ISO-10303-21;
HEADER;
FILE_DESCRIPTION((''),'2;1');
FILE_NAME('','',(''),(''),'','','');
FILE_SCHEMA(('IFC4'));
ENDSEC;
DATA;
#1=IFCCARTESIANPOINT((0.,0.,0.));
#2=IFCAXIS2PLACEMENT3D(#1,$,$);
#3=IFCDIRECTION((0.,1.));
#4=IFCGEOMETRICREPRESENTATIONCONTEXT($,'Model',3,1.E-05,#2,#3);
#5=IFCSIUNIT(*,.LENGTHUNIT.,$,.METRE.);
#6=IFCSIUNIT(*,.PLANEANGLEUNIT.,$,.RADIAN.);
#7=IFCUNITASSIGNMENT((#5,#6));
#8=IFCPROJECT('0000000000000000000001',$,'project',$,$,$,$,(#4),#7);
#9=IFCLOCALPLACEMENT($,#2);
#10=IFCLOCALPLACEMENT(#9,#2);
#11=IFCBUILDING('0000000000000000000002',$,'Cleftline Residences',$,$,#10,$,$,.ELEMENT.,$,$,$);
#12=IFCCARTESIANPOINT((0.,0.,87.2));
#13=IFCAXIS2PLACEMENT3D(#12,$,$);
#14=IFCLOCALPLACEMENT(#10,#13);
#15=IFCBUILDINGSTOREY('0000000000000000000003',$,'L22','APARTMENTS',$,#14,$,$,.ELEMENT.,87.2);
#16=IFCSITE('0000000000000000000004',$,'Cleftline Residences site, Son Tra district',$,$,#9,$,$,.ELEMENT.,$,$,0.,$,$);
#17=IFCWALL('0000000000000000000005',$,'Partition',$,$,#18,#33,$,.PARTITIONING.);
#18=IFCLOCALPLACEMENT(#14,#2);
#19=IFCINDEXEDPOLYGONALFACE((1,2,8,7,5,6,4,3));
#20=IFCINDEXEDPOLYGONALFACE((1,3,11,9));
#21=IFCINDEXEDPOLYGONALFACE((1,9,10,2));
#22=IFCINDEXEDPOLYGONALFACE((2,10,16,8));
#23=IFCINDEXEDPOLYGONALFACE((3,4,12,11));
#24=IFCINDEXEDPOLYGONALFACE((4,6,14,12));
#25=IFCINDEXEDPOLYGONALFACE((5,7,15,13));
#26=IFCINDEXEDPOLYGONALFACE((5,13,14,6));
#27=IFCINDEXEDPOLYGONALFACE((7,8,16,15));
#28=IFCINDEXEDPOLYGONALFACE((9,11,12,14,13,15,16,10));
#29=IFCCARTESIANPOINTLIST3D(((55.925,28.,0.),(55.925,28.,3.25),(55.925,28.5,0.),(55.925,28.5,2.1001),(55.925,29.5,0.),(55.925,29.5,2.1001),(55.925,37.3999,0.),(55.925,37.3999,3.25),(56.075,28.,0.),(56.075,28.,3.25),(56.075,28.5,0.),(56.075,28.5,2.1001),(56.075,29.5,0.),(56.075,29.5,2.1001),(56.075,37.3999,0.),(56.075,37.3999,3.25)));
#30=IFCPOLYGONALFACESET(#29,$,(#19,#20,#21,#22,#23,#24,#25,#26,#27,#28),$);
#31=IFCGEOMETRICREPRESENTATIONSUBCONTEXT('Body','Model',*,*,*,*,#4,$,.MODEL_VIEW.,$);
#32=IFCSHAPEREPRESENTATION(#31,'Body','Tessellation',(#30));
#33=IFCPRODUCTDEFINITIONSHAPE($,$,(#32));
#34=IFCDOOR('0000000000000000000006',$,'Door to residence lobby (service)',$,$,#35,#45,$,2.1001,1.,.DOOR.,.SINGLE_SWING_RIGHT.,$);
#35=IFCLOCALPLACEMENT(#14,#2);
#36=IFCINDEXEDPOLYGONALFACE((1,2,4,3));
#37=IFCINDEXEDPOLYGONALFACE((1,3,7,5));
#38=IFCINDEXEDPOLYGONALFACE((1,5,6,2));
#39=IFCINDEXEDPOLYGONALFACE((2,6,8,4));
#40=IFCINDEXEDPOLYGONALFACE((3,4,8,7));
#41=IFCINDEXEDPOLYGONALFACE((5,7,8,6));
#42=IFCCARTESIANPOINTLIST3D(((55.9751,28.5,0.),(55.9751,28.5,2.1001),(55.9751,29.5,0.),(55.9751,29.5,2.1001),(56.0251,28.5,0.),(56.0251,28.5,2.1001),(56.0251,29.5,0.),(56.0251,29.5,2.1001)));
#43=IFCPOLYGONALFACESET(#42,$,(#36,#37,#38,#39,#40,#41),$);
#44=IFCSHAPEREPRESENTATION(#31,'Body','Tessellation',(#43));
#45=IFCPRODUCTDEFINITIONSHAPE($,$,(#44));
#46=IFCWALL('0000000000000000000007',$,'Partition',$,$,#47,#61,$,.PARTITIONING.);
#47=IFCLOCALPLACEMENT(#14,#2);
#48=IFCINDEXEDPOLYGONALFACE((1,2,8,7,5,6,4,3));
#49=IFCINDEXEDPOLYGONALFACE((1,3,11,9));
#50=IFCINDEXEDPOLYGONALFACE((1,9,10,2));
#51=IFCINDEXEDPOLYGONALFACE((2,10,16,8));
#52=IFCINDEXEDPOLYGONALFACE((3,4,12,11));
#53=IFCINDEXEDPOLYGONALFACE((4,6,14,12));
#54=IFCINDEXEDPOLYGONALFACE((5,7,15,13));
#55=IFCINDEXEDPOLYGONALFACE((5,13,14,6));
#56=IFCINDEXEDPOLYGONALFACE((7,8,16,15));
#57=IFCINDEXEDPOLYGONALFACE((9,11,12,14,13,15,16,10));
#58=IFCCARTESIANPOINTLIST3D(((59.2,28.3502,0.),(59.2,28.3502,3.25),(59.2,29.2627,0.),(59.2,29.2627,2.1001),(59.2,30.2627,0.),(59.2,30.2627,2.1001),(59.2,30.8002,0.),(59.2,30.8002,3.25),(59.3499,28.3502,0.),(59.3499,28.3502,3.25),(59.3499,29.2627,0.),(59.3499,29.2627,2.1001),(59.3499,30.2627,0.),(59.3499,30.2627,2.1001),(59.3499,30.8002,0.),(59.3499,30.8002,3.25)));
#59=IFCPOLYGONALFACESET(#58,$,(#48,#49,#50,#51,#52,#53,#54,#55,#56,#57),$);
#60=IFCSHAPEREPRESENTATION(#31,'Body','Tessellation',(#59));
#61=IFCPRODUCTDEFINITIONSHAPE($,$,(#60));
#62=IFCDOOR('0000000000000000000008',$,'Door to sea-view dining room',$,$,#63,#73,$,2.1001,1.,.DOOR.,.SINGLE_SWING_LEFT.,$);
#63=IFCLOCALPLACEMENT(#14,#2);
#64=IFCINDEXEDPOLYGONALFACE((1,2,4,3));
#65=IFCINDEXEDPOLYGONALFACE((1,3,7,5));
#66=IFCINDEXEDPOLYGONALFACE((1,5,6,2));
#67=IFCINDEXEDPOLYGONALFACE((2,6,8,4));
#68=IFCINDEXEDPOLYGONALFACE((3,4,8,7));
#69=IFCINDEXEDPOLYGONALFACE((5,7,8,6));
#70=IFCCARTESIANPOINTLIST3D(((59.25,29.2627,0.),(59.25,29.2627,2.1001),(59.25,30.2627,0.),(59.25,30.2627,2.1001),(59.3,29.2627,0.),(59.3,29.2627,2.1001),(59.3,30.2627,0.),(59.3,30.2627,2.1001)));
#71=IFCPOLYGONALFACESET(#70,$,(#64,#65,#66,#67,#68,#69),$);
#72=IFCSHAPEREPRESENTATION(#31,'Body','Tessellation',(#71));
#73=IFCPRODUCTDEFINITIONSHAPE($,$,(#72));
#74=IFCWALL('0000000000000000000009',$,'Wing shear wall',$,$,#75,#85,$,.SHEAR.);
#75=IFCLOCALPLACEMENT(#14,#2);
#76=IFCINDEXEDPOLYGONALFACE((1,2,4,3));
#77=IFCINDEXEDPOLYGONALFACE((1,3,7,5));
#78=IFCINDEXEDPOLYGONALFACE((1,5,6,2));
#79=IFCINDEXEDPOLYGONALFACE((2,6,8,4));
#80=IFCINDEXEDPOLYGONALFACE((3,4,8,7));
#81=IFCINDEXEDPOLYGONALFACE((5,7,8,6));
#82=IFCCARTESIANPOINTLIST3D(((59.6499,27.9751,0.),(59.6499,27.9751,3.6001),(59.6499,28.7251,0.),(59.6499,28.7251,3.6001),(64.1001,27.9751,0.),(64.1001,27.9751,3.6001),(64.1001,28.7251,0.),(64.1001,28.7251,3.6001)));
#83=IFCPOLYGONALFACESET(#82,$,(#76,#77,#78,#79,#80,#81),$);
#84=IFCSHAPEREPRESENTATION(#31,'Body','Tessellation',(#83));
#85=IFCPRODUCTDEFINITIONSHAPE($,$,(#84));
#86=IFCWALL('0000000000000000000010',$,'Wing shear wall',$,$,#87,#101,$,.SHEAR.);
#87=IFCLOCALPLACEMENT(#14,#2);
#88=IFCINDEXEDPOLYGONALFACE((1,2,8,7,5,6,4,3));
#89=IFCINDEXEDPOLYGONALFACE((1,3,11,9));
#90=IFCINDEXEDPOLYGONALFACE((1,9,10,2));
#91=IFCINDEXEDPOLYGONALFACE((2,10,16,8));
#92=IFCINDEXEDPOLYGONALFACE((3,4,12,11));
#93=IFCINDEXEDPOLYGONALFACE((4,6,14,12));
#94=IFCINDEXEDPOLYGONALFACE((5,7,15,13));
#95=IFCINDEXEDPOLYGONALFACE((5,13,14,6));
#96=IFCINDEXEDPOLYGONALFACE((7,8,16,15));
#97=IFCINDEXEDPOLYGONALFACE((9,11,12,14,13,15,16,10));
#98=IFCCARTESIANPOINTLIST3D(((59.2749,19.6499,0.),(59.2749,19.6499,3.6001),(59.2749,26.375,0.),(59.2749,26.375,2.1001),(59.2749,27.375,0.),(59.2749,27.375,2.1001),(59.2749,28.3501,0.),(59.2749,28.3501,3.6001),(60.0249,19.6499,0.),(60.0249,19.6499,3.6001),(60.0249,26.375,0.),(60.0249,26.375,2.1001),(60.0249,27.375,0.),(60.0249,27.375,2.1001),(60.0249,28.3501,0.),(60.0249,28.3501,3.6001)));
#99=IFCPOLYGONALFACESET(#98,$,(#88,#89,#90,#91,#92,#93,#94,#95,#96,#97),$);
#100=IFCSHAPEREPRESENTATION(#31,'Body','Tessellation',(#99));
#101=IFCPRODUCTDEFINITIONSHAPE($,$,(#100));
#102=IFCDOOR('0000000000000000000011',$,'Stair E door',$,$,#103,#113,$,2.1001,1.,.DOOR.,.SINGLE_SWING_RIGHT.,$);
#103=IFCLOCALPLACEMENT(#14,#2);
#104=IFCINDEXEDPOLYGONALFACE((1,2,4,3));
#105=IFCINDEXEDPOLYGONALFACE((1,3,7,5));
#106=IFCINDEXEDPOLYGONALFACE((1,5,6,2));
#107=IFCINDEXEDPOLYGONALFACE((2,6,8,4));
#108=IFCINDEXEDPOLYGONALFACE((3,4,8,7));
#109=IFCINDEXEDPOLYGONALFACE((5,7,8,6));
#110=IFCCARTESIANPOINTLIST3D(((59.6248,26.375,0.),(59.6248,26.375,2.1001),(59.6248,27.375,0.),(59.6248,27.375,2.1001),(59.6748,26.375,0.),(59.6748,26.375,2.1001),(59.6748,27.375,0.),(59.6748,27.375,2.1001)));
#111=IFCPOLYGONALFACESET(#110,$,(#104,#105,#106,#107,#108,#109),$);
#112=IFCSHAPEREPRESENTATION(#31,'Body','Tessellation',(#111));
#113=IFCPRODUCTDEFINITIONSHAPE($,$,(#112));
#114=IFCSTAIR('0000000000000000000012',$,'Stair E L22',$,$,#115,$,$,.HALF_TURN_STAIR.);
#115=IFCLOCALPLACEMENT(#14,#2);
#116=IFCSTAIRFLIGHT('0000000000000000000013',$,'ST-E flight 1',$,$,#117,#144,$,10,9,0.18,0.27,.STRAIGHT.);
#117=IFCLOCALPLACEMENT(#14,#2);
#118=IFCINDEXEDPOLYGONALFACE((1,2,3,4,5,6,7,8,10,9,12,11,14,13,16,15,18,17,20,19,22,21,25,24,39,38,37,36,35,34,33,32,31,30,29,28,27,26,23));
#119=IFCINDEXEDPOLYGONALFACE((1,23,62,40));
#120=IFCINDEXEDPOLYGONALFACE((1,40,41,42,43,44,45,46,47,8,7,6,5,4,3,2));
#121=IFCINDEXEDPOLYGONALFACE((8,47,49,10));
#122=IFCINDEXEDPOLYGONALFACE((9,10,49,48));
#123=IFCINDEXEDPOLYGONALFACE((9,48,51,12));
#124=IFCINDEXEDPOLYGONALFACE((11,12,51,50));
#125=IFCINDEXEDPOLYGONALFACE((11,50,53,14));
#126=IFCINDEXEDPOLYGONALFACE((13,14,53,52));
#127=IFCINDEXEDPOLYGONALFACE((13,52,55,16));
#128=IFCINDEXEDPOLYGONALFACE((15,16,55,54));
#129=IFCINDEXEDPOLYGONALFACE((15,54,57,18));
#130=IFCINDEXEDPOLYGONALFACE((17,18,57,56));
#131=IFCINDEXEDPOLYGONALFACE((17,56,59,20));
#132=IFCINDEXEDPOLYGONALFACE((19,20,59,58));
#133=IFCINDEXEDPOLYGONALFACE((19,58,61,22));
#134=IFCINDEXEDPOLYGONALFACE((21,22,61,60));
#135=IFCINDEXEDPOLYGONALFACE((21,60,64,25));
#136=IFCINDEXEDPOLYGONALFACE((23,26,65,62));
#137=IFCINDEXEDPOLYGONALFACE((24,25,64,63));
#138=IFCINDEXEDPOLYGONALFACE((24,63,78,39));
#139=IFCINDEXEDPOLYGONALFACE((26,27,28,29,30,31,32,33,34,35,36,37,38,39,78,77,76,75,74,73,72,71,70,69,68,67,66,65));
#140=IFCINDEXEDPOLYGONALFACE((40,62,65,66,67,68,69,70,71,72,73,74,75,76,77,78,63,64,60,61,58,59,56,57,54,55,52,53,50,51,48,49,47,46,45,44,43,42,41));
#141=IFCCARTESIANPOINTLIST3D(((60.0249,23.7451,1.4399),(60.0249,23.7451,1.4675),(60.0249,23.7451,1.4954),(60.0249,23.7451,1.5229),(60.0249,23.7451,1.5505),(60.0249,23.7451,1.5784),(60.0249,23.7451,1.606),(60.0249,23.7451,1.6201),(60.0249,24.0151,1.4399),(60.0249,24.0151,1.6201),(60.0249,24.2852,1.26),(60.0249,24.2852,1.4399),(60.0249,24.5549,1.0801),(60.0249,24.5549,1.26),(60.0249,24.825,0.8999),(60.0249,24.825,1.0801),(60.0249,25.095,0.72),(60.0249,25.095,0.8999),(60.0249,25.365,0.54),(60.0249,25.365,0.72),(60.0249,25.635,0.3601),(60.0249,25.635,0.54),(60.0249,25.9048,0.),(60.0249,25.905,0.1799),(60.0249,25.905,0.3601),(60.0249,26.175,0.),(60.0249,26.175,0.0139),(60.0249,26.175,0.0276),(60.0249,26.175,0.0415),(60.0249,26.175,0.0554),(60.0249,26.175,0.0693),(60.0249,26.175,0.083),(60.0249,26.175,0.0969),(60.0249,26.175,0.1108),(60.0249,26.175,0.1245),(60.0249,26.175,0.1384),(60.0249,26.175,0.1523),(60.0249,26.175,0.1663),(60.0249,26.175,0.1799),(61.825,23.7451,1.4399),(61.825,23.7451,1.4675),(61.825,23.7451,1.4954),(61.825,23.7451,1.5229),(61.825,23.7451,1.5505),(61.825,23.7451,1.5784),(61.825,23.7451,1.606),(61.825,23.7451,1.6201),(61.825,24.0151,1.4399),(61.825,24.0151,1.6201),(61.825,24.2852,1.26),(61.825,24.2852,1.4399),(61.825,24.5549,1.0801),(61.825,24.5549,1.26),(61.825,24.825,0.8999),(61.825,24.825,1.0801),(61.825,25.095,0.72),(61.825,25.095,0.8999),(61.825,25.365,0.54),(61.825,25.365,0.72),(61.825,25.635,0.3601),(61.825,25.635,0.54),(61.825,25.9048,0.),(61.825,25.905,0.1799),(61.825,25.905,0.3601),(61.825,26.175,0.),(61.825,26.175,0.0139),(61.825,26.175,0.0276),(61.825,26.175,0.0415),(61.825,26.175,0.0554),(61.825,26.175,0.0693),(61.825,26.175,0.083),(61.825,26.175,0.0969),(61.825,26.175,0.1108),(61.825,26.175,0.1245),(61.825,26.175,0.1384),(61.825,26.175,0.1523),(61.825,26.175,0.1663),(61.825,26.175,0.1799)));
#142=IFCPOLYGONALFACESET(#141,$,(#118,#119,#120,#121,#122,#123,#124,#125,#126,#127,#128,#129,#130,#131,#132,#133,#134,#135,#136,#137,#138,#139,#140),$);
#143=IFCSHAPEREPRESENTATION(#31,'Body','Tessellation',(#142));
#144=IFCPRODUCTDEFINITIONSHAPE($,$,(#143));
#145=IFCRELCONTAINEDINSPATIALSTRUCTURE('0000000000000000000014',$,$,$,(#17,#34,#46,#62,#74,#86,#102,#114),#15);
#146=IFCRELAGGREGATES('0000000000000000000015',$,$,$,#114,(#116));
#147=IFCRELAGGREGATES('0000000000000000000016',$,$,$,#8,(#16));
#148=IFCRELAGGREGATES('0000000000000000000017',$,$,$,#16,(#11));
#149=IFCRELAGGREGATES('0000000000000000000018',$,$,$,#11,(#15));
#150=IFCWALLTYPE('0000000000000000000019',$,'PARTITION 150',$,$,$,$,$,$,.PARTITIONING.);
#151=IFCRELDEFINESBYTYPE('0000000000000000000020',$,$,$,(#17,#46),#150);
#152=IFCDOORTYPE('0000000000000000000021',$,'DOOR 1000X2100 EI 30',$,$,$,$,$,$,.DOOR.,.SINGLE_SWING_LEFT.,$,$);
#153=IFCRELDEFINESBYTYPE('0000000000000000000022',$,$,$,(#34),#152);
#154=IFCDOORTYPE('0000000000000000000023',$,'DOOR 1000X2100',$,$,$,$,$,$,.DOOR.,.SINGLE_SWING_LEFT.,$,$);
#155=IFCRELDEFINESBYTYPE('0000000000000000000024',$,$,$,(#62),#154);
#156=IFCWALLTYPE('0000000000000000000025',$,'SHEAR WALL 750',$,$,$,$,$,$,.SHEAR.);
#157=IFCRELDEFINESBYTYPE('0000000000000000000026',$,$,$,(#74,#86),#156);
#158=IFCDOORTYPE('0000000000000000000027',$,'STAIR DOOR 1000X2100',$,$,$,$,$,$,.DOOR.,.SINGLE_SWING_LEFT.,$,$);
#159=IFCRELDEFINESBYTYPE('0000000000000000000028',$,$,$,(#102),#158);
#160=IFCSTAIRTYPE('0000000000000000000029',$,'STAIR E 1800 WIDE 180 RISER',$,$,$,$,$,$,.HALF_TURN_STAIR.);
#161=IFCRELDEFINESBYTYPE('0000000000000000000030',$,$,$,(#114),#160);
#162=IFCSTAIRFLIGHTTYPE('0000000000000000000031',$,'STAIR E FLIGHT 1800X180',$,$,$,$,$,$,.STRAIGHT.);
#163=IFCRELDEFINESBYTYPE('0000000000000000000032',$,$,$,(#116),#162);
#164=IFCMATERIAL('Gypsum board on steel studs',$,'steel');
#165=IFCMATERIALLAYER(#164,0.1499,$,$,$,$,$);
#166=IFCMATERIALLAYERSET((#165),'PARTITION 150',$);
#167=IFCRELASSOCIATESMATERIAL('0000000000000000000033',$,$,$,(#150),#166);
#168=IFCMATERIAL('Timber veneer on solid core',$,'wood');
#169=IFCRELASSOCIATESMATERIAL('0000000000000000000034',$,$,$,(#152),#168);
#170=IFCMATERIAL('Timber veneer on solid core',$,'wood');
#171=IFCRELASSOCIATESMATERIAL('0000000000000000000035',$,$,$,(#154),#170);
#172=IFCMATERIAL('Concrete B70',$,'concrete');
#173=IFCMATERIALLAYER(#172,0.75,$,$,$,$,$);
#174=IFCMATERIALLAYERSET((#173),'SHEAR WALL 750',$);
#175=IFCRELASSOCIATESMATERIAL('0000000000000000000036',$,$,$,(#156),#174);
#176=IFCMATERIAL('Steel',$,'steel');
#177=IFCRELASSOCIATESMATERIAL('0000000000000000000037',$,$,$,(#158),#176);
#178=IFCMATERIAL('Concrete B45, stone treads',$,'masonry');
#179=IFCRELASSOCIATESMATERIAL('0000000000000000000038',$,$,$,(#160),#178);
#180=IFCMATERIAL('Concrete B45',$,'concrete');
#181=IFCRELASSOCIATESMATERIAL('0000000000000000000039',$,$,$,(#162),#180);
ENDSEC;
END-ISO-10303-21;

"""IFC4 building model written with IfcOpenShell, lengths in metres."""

from ifc_helpers import new_model, si_unit, direction, frame, frame_2d, origin, place, context, subcontext, project, spatial, polyline, rectangle, outline, extrude, material, layer, layer_set, type_object, element, fill, aggregate, save


model = new_model("IFC4")

# Units and contexts
model_context = context("Model", 3, precision=1e-05, world=origin(), true_north=direction((0.0, 1.0)))
body_context = subcontext(model_context, "Body", "Model", "MODEL_VIEW")
ifc_project = project(units=[si_unit("LENGTHUNIT", "METRE"), si_unit("PLANEANGLEUNIT", "RADIAN")], contexts=[model_context])

# Site, building, storey
site_placement = place(None, origin())
site = spatial("IfcSite", under=ifc_project, at=site_placement, Name="Cleftline Residences site, Son Tra district", CompositionType="ELEMENT", RefElevation=0.0)
building_placement = place(site_placement, origin())
building = spatial("IfcBuilding", under=site, at=building_placement, Name="Cleftline Residences", CompositionType="ELEMENT")
storey_placement = place(building_placement, frame((0.0, 0.0, 87.2)))
storey = spatial("IfcBuildingStorey", under=building, at=storey_placement, Name="L22", Description="APARTMENTS", CompositionType="ELEMENT", Elevation=87.2)

# Shared definitions
ifc_material_1 = material(Name="Gypsum board on steel studs", Category="steel")
ifc_layer_1 = layer(ifc_material_1, 0.1499)
ifc_layer_set_1 = layer_set([ifc_layer_1], Name="PARTITION 150")
wall_type_1 = type_object("IfcWallType", Name="PARTITION 150", PredefinedType="PARTITIONING", material=ifc_layer_set_1)

# Walls, openings, doors
wall_1_placement = place(storey_placement, frame((56.0, 28.0, 0.0), z_axis=(0.0, 0.0, 1.0), x_axis=(0.0, 1.0, 0.0)))
wall_1 = element("IfcWall", 1, at=wall_1_placement, inside=storey, type_object=wall_type_1, Name="Partition", PredefinedType="PARTITIONING", context=body_context, shape_type="SweptSolid", body=[
    extrude(rectangle(XDim=9.3999, YDim=0.1499, at=frame_2d((4.7, 0.0))), origin(), (0.0, 0.0, 1.0), 3.25),
])
opening_1_placement = place(wall_1_placement, frame((0.5, 0.0, 0.0)))
opening_1 = element("IfcOpeningElement", 2, at=opening_1_placement, cuts=wall_1, PredefinedType="OPENING", context=body_context, shape_type="SweptSolid", body=[
    extrude(rectangle(XDim=1.0, YDim=2.1001, at=frame_2d((0.5, 1.05))), frame((0.0, 0.085, 0.0), z_axis=(0.0, -1.0, 0.0), x_axis=(1.0, 0.0, 0.0)), (0.0, 0.0, 1.0), 0.1699),
])
ifc_material_2 = material(Name="Timber veneer on solid core", Category="wood")
door_type_1 = type_object("IfcDoorType", Name="DOOR 1000X2100 EI 30", OperationType="SINGLE_SWING_LEFT", PredefinedType="DOOR", material=ifc_material_2)
door_1_placement = place(opening_1_placement, origin())
door_1 = element("IfcDoor", 3, at=door_1_placement, inside=storey, type_object=door_type_1, Name="Door to residence lobby (service)", OperationType="SINGLE_SWING_RIGHT", OverallHeight=2.1001, OverallWidth=1.0, PredefinedType="DOOR", context=body_context, shape_type="SweptSolid", body=[
    extrude(rectangle(XDim=1.0, YDim=2.1001, at=frame_2d((0.5, 1.05))), frame((0.0, 0.0249, 0.0), z_axis=(0.0, -1.0, 0.0), x_axis=(1.0, 0.0, 0.0)), (0.0, 0.0, 1.0), 0.05),
])
fill(opening_1, door_1)
wall_2_placement = place(storey_placement, frame((59.2749, 28.3501, 0.0), z_axis=(0.0, 0.0, 1.0), x_axis=(0.0, 1.0, 0.0)))
wall_2 = element("IfcWall", 4, at=wall_2_placement, inside=storey, type_object=wall_type_1, Name="Partition", PredefinedType="PARTITIONING", context=body_context, shape_type="SweptSolid", body=[
    extrude(rectangle(XDim=2.45, YDim=0.1499, at=frame_2d((1.2251, 0.0))), origin(), (0.0, 0.0, 1.0), 3.25),
])
opening_2_placement = place(wall_2_placement, frame((0.9126, 0.0, 0.0)))
opening_2 = element("IfcOpeningElement", 5, at=opening_2_placement, cuts=wall_2, PredefinedType="OPENING", context=body_context, shape_type="SweptSolid", body=[
    extrude(rectangle(XDim=1.0, YDim=2.1001, at=frame_2d((0.5, 1.05))), frame((0.0, 0.085, 0.0), z_axis=(0.0, -1.0, 0.0), x_axis=(1.0, 0.0, 0.0)), (0.0, 0.0, 1.0), 0.1699),
])
ifc_material_3 = material(Name="Timber veneer on solid core", Category="wood")
door_type_2 = type_object("IfcDoorType", Name="DOOR 1000X2100", OperationType="SINGLE_SWING_LEFT", PredefinedType="DOOR", material=ifc_material_3)
door_2_placement = place(opening_2_placement, origin())
door_2 = element("IfcDoor", 6, at=door_2_placement, inside=storey, type_object=door_type_2, Name="Door to sea-view dining room", OperationType="SINGLE_SWING_LEFT", OverallHeight=2.1001, OverallWidth=1.0, PredefinedType="DOOR", context=body_context, shape_type="SweptSolid", body=[
    extrude(rectangle(XDim=1.0, YDim=2.1001, at=frame_2d((0.5, 1.05))), frame((0.0, 0.0249, 0.0), z_axis=(0.0, -1.0, 0.0), x_axis=(1.0, 0.0, 0.0)), (0.0, 0.0, 1.0), 0.05),
])
fill(opening_2, door_2)

# Wall
ifc_material_4 = material(Name="Concrete B70", Category="concrete")
ifc_layer_2 = layer(ifc_material_4, 0.75)
ifc_layer_set_2 = layer_set([ifc_layer_2], Name="SHEAR WALL 750")
wall_type_2 = type_object("IfcWallType", Name="SHEAR WALL 750", PredefinedType="SHEAR", material=ifc_layer_set_2)
wall_3_placement = place(storey_placement, frame((64.1001, 28.3501, 0.0), z_axis=(0.0, 0.0, 1.0), x_axis=(-1.0, 0.0, 0.0)))
element("IfcWall", 7, at=wall_3_placement, inside=storey, type_object=wall_type_2, Name="Wing shear wall", PredefinedType="SHEAR", context=body_context, shape_type="SweptSolid", body=[
    extrude(rectangle(XDim=4.4502, YDim=0.75, at=frame_2d((2.2251, 0.0))), origin(), (0.0, 0.0, 1.0), 3.6001),
])

# Wall, opening, door
wall_4_placement = place(storey_placement, frame((59.6499, 28.3501, 0.0), z_axis=(0.0, 0.0, 1.0), x_axis=(0.0, -1.0, 0.0)))
wall_4 = element("IfcWall", 8, at=wall_4_placement, inside=storey, type_object=wall_type_2, Name="Wing shear wall", PredefinedType="SHEAR", context=body_context, shape_type="SweptSolid", body=[
    extrude(rectangle(XDim=8.7002, YDim=0.75, at=frame_2d((4.3501, 0.0))), origin(), (0.0, 0.0, 1.0), 3.6001),
])
opening_3_placement = place(wall_4_placement, frame((0.9751, 0.0, 0.0)))
opening_3 = element("IfcOpeningElement", 9, at=opening_3_placement, cuts=wall_4, PredefinedType="OPENING", context=body_context, shape_type="SweptSolid", body=[
    extrude(rectangle(XDim=1.0, YDim=2.1001, at=frame_2d((0.5, 1.05))), frame((0.0, 0.385, 0.0), z_axis=(0.0, -1.0, 0.0), x_axis=(1.0, 0.0, 0.0)), (0.0, 0.0, 1.0), 0.77),
])
ifc_material_5 = material(Name="Steel", Category="steel")
door_type_3 = type_object("IfcDoorType", Name="STAIR DOOR 1000X2100", OperationType="SINGLE_SWING_LEFT", PredefinedType="DOOR", material=ifc_material_5)
door_3_placement = place(opening_3_placement, origin())
door_3 = element("IfcDoor", 10, at=door_3_placement, inside=storey, type_object=door_type_3, Name="Stair E door", OperationType="SINGLE_SWING_RIGHT", OverallHeight=2.1001, OverallWidth=1.0, PredefinedType="DOOR", context=body_context, shape_type="SweptSolid", body=[
    extrude(rectangle(XDim=1.0, YDim=2.1001, at=frame_2d((0.5, 1.05))), frame((0.0, 0.0249, 0.0), z_axis=(0.0, -1.0, 0.0), x_axis=(1.0, 0.0, 0.0)), (0.0, 0.0, 1.0), 0.05),
])
fill(opening_3, door_3)

# Stair, stair flight
ifc_material_6 = material(Name="Concrete B45, stone treads", Category="masonry")
stair_type = type_object("IfcStairType", Name="STAIR E 1800 WIDE 180 RISER", PredefinedType="HALF_TURN_STAIR", material=ifc_material_6)
stair_placement = place(storey_placement, origin())
stair = element("IfcStair", 11, at=stair_placement, inside=storey, type_object=stair_type, Name="Stair E L22", PredefinedType="HALF_TURN_STAIR")
ifc_material_7 = material(Name="Concrete B45", Category="concrete")
stair_flight_type = type_object("IfcStairFlightType", Name="STAIR E FLIGHT 1800X180", PredefinedType="STRAIGHT", material=ifc_material_7)
stair_flight_placement = place(storey_placement, frame((60.925, 26.175, 0.0), z_axis=(0.0, 0.0, 1.0), x_axis=(0.0, -1.0, 0.0)))
stair_flight = element("IfcStairFlight", 12, at=stair_flight_placement, type_object=stair_flight_type, Name="ST-E flight 1", NumberOfRisers=10, NumberOfTreads=9, PredefinedType="STRAIGHT", RiserHeight=0.18, TreadLength=0.27, context=body_context, shape_type="SweptSolid", body=[
    extrude(outline(polyline([(0.0, 0.0), (0.0, 0.0139), (0.0, 0.0276), (0.0, 0.0415), (0.0, 0.0554), (0.0, 0.0693), (0.0, 0.083), (0.0, 0.0969), (0.0, 0.1108), (0.0, 0.1245), (0.0, 0.1384), (0.0, 0.1523), (0.0, 0.1663), (0.0, 0.1799), (0.27, 0.1799), (0.27, 0.3601), (0.54, 0.3601), (0.54, 0.54), (0.8101, 0.54), (0.8101, 0.72), (1.0801, 0.72), (1.0801, 0.8999), (1.3501, 0.8999), (1.3501, 1.0801), (1.6201, 1.0801), (1.6201, 1.26), (1.8899, 1.26), (1.8899, 1.4399), (2.1599, 1.4399), (2.1599, 1.6201), (2.4299, 1.6201), (2.4299, 1.8), (2.4299, 1.7722), (2.4299, 1.7446), (2.4299, 1.7168), (2.4299, 1.6892), (2.4299, 1.6614), (2.4299, 1.6338), (2.4299, 1.606), (2.4299, 1.5784), (2.4299, 1.5505), (2.4299, 1.5229), (2.4299, 1.4954), (2.4299, 1.4675), (2.4299, 1.4399), (0.2703, 0.0), (0.0, 0.0)])), frame((0.0, 0.8999, 0.0), z_axis=(0.0, -1.0, 0.0), x_axis=(1.0, 0.0, 0.0)), (0.0, 0.0, 1.0), 1.8),
])
aggregate(stair, [stair_flight])

save(model, "model.ifc")
